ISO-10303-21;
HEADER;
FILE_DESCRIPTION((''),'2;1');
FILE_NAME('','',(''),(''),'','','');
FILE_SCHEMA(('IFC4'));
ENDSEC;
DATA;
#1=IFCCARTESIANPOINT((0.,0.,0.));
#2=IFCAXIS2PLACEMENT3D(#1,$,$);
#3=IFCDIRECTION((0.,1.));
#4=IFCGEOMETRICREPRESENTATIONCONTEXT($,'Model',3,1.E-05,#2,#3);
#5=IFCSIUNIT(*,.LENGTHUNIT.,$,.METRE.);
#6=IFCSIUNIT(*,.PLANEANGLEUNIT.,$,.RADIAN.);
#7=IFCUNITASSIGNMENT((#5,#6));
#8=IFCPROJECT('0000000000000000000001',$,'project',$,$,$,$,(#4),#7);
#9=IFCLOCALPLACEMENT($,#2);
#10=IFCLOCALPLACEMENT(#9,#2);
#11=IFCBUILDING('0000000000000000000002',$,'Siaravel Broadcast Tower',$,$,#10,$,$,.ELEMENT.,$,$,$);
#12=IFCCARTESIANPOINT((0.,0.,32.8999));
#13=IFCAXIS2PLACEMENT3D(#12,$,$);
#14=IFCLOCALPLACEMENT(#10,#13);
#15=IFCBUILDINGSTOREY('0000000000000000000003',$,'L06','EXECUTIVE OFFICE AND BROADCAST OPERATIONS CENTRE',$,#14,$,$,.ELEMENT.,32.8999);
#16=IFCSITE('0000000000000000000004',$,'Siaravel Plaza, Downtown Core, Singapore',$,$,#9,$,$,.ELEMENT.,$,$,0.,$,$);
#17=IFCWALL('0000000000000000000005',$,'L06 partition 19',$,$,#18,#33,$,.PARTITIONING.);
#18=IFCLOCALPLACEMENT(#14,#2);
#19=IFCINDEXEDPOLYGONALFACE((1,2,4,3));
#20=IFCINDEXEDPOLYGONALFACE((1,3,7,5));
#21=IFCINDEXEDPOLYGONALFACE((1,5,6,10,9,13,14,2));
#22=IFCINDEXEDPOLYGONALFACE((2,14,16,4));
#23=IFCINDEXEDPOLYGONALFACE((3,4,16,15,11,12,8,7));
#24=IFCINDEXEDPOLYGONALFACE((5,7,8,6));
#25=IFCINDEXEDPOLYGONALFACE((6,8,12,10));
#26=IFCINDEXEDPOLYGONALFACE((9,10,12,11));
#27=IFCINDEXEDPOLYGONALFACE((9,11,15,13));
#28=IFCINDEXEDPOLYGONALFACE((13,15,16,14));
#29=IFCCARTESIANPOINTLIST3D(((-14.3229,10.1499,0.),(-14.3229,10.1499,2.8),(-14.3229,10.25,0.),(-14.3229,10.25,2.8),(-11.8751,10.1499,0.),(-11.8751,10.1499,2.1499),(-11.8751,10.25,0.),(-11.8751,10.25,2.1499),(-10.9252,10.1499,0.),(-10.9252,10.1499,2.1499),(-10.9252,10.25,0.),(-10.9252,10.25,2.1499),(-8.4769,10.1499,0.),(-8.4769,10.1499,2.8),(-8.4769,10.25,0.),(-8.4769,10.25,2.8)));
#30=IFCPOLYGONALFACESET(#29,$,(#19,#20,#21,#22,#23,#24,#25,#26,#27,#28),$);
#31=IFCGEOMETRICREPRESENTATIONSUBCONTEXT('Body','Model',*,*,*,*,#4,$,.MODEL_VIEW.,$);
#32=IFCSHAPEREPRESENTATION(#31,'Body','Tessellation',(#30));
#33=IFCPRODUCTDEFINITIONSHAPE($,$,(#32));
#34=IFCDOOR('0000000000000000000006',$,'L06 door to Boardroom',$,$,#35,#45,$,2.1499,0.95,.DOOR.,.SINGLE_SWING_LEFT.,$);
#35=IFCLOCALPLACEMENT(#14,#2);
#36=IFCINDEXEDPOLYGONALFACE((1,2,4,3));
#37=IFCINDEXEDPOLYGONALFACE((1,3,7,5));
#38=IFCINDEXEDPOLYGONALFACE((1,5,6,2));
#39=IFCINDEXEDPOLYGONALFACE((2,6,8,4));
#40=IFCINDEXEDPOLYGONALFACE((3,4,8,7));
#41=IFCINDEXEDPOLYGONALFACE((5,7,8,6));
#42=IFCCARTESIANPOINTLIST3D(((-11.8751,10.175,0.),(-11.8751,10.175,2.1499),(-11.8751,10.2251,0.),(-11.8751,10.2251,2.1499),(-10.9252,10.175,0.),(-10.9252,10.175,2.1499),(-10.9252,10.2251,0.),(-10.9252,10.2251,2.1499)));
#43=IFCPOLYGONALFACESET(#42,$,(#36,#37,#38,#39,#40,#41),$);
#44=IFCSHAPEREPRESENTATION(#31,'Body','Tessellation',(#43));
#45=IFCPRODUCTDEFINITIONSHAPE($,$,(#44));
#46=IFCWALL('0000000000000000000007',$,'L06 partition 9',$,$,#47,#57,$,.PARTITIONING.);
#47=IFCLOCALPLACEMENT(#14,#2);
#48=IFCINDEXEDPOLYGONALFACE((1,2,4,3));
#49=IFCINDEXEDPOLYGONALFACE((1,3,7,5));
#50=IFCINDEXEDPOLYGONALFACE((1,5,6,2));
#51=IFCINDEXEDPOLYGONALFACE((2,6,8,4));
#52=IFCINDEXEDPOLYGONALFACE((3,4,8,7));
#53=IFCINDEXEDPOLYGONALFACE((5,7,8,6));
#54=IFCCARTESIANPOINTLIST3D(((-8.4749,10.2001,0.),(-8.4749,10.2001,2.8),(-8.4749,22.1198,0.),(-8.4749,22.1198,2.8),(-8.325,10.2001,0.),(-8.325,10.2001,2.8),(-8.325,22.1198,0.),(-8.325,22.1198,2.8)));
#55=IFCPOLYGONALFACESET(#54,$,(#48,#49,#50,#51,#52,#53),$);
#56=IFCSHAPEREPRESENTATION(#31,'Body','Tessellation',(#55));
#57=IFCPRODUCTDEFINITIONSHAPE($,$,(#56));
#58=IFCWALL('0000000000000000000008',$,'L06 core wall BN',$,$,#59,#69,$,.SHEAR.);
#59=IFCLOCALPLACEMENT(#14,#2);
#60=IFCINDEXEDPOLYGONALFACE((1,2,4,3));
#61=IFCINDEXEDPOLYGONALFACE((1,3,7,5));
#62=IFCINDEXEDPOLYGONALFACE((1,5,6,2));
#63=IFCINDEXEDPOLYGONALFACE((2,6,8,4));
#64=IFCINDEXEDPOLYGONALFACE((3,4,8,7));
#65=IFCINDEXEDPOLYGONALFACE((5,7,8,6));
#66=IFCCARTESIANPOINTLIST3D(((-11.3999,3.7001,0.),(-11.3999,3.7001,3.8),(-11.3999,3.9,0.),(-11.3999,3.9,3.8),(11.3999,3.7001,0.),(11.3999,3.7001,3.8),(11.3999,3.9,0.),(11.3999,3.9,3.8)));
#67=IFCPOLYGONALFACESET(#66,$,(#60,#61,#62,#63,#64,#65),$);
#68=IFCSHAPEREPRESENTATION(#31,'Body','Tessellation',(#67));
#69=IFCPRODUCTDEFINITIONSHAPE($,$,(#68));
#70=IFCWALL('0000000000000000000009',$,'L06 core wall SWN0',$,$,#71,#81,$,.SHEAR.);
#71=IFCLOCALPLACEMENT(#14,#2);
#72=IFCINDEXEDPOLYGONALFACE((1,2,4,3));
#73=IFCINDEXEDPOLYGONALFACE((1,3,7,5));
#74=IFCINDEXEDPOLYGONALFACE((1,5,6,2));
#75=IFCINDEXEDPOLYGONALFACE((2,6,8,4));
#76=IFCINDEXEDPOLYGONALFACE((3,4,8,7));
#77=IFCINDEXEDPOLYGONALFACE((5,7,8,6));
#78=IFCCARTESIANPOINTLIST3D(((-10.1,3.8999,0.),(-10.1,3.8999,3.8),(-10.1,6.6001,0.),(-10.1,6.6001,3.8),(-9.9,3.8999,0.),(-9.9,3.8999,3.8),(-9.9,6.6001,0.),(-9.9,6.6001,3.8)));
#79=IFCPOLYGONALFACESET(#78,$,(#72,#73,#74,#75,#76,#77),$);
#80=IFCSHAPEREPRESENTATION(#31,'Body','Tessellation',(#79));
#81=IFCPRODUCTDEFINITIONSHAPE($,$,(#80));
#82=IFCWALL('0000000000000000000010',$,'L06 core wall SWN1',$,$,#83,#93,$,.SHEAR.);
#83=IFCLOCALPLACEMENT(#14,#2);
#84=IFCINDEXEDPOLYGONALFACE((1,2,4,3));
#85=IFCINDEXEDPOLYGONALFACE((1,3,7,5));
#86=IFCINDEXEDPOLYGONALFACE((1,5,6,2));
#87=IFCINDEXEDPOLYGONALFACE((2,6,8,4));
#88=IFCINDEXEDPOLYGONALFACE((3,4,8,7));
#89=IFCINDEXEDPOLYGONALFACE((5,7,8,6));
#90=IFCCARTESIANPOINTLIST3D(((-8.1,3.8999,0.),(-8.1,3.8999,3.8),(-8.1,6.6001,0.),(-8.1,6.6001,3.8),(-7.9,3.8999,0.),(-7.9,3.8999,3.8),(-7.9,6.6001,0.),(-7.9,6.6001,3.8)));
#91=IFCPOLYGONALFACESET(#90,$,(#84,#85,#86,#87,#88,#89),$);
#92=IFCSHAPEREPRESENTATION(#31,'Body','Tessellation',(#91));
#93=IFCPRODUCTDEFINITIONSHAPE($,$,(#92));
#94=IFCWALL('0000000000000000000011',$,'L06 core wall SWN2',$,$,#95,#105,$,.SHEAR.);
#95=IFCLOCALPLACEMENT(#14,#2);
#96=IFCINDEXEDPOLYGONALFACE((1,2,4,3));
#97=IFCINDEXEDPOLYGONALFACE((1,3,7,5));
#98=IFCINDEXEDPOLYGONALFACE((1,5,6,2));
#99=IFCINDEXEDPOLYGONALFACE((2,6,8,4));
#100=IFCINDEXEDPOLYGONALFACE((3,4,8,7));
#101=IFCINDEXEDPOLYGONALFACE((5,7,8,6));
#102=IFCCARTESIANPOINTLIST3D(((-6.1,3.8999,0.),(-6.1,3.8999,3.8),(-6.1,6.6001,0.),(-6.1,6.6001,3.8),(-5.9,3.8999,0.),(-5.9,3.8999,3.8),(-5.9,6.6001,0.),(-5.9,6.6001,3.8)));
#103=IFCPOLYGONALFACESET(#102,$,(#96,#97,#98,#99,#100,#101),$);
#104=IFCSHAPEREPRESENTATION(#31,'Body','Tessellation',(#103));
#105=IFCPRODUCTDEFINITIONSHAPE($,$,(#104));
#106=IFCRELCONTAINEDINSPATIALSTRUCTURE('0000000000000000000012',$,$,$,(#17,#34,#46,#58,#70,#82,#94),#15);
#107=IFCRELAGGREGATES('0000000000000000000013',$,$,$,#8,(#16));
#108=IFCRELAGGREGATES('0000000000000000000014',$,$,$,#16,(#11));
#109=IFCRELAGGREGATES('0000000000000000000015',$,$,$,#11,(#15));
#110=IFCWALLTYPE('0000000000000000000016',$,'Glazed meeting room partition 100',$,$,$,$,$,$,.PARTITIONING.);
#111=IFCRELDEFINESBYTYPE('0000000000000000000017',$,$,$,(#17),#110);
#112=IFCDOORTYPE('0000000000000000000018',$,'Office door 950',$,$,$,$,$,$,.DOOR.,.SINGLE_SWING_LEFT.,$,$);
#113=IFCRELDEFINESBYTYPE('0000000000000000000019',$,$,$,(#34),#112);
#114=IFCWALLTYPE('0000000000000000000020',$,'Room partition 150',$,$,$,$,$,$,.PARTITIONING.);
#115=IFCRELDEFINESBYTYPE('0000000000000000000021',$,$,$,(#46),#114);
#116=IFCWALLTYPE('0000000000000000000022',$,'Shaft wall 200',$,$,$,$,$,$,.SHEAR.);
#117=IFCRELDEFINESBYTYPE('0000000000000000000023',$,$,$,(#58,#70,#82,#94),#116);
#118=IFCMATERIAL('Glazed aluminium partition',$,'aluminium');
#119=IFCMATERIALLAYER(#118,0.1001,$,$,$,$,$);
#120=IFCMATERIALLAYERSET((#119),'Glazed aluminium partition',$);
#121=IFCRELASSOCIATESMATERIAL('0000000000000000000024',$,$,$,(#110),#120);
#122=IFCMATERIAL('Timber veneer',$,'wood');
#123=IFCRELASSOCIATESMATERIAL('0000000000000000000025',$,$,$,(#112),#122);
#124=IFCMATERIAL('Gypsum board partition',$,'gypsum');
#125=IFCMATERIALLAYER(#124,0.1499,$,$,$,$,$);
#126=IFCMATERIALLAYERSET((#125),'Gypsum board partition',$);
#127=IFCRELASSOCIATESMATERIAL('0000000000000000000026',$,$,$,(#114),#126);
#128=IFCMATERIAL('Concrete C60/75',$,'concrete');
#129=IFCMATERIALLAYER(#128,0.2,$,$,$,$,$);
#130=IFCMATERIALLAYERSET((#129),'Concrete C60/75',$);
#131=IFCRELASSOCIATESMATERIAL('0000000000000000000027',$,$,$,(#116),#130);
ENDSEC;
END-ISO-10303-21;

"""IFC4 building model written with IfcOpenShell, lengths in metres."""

from ifc_helpers import new_model, si_unit, direction, frame, frame_2d, origin, place, context, subcontext, project, spatial, rectangle, extrude, material, layer, layer_set, type_object, element, fill, save


model = new_model("IFC4")

# Units and contexts
model_context = context("Model", 3, precision=1e-05, world=origin(), true_north=direction((0.0, 1.0)))
body_context = subcontext(model_context, "Body", "Model", "MODEL_VIEW")
ifc_project = project(units=[si_unit("LENGTHUNIT", "METRE"), si_unit("PLANEANGLEUNIT", "RADIAN")], contexts=[model_context])

# Site, building, storey
site_placement = place(None, origin())
site = spatial("IfcSite", under=ifc_project, at=site_placement, Name="Siaravel Plaza, Downtown Core, Singapore", CompositionType="ELEMENT", RefElevation=0.0)
building_placement = place(site_placement, origin())
building = spatial("IfcBuilding", under=site, at=building_placement, Name="Siaravel Broadcast Tower", CompositionType="ELEMENT")
storey_placement = place(building_placement, frame((0.0, 0.0, 32.8999)))
storey = spatial("IfcBuildingStorey", under=building, at=storey_placement, Name="L06", Description="EXECUTIVE OFFICE AND BROADCAST OPERATIONS CENTRE", CompositionType="ELEMENT", Elevation=32.8999)

# Shared definitions
ifc_material_1 = material(Name="Concrete C60/75", Category="concrete")
ifc_material_2 = material(Name="Timber veneer", Category="wood")

# Wall, opening, door
ifc_material_3 = material(Name="Gypsum board partition", Category="gypsum")
ifc_material_4 = material(Name="Glazed aluminium partition", Category="aluminium")
ifc_layer_1 = layer(ifc_material_4, 0.1001)
ifc_layer_set_1 = layer_set([ifc_layer_1], Name="Glazed aluminium partition")
wall_type_1 = type_object("IfcWallType", Name="Glazed meeting room partition 100", PredefinedType="PARTITIONING", material=ifc_layer_set_1)
wall_1_placement = place(storey_placement, frame((-8.4771, 10.2, 0.0), z_axis=(0.0, 0.0, 1.0), x_axis=(-1.0, 0.0, 0.0)))
wall_1 = element("IfcWall", 1, at=wall_1_placement, inside=storey, type_object=wall_type_1, Name="L06 partition 19", PredefinedType="PARTITIONING", context=body_context, shape_type="SweptSolid", body=[
    extrude(rectangle(XDim=5.8459, YDim=0.1001, at=frame_2d((2.9229, 0.0))), origin(), (0.0, 0.0, 1.0), 2.8),
])
opening_1_placement = place(wall_1_placement, frame((2.448, 0.0, 0.0)))
opening_1 = element("IfcOpeningElement", 2, at=opening_1_placement, cuts=wall_1, PredefinedType="OPENING", context=body_context, shape_type="SweptSolid", body=[
    extrude(rectangle(XDim=0.95, YDim=2.1499, at=frame_2d((0.4751, 1.075))), frame((0.0, 0.0601, 0.0), z_axis=(0.0, -1.0, 0.0), x_axis=(1.0, 0.0, 0.0)), (0.0, 0.0, 1.0), 0.1201),
])
door_type_1 = type_object("IfcDoorType", Name="Office door 950", OperationType="SINGLE_SWING_LEFT", PredefinedType="DOOR", material=ifc_material_2)
door_1_placement = place(opening_1_placement, origin())
door_1 = element("IfcDoor", 3, at=door_1_placement, inside=storey, type_object=door_type_1, Name="L06 door to Boardroom", OperationType="SINGLE_SWING_LEFT", OverallHeight=2.1499, OverallWidth=0.95, PredefinedType="DOOR", context=body_context, shape_type="SweptSolid", body=[
    extrude(rectangle(XDim=0.95, YDim=2.1499, at=frame_2d((0.4751, 1.075))), frame((0.0, 0.0249, 0.0), z_axis=(0.0, -1.0, 0.0), x_axis=(1.0, 0.0, 0.0)), (0.0, 0.0, 1.0), 0.05),
])
fill(opening_1, door_1)

# Walls
ifc_layer_2 = layer(ifc_material_3, 0.1499)
ifc_layer_set_2 = layer_set([ifc_layer_2], Name="Gypsum board partition")
wall_type_2 = type_object("IfcWallType", Name="Room partition 150", PredefinedType="PARTITIONING", material=ifc_layer_set_2)
wall_2_placement = place(storey_placement, frame((-8.3999, 10.2, 0.0), z_axis=(0.0, 0.0, 1.0), x_axis=(0.0, 1.0, 0.0)))
element("IfcWall", 4, at=wall_2_placement, inside=storey, type_object=wall_type_2, Name="L06 partition 9", PredefinedType="PARTITIONING", context=body_context, shape_type="SweptSolid", body=[
    extrude(rectangle(XDim=11.9197, YDim=0.1499, at=frame_2d((5.96, 0.0))), origin(), (0.0, 0.0, 1.0), 2.8),
])
ifc_layer_3 = layer(ifc_material_1, 0.2)
ifc_layer_set_3 = layer_set([ifc_layer_3], Name="Concrete C60/75")
wall_type_3 = type_object("IfcWallType", Name="Shaft wall 200", PredefinedType="SHEAR", material=ifc_layer_set_3)
wall_3_placement = place(storey_placement, frame((-11.3999, 3.8, 0.0), z_axis=(0.0, 0.0, 1.0), x_axis=(1.0, 0.0, 0.0)))
element("IfcWall", 5, at=wall_3_placement, inside=storey, type_object=wall_type_3, Name="L06 core wall BN", PredefinedType="SHEAR", context=body_context, shape_type="SweptSolid", body=[
    extrude(rectangle(XDim=22.7998, YDim=0.2, at=frame_2d((11.3999, 0.0))), origin(), (0.0, 0.0, 1.0), 3.8),
])
for number, where, z_axis, x_axis, name in (
    (6, (-10.0, 3.8999, 0.0), (0.0, 0.0, 1.0), (0.0, 1.0, 0.0), "L06 core wall SWN0"),
    (7, (-8.0, 3.8999, 0.0), (0.0, 0.0, 1.0), (0.0, 1.0, 0.0), "L06 core wall SWN1"),
    (8, (-6.0, 3.8999, 0.0), (0.0, 0.0, 1.0), (0.0, 1.0, 0.0), "L06 core wall SWN2"),
):
    element("IfcWall", number, at=place(storey_placement, frame(where, z_axis=z_axis, x_axis=x_axis)), inside=storey, type_object=wall_type_3, Name=name, PredefinedType="SHEAR", context=body_context, shape_type="SweptSolid", body=[
        extrude(rectangle(XDim=2.7002, YDim=0.2, at=frame_2d((1.3501, 0.0))), origin(), (0.0, 0.0, 1.0), 3.8),
    ])

save(model, "model.ifc")
